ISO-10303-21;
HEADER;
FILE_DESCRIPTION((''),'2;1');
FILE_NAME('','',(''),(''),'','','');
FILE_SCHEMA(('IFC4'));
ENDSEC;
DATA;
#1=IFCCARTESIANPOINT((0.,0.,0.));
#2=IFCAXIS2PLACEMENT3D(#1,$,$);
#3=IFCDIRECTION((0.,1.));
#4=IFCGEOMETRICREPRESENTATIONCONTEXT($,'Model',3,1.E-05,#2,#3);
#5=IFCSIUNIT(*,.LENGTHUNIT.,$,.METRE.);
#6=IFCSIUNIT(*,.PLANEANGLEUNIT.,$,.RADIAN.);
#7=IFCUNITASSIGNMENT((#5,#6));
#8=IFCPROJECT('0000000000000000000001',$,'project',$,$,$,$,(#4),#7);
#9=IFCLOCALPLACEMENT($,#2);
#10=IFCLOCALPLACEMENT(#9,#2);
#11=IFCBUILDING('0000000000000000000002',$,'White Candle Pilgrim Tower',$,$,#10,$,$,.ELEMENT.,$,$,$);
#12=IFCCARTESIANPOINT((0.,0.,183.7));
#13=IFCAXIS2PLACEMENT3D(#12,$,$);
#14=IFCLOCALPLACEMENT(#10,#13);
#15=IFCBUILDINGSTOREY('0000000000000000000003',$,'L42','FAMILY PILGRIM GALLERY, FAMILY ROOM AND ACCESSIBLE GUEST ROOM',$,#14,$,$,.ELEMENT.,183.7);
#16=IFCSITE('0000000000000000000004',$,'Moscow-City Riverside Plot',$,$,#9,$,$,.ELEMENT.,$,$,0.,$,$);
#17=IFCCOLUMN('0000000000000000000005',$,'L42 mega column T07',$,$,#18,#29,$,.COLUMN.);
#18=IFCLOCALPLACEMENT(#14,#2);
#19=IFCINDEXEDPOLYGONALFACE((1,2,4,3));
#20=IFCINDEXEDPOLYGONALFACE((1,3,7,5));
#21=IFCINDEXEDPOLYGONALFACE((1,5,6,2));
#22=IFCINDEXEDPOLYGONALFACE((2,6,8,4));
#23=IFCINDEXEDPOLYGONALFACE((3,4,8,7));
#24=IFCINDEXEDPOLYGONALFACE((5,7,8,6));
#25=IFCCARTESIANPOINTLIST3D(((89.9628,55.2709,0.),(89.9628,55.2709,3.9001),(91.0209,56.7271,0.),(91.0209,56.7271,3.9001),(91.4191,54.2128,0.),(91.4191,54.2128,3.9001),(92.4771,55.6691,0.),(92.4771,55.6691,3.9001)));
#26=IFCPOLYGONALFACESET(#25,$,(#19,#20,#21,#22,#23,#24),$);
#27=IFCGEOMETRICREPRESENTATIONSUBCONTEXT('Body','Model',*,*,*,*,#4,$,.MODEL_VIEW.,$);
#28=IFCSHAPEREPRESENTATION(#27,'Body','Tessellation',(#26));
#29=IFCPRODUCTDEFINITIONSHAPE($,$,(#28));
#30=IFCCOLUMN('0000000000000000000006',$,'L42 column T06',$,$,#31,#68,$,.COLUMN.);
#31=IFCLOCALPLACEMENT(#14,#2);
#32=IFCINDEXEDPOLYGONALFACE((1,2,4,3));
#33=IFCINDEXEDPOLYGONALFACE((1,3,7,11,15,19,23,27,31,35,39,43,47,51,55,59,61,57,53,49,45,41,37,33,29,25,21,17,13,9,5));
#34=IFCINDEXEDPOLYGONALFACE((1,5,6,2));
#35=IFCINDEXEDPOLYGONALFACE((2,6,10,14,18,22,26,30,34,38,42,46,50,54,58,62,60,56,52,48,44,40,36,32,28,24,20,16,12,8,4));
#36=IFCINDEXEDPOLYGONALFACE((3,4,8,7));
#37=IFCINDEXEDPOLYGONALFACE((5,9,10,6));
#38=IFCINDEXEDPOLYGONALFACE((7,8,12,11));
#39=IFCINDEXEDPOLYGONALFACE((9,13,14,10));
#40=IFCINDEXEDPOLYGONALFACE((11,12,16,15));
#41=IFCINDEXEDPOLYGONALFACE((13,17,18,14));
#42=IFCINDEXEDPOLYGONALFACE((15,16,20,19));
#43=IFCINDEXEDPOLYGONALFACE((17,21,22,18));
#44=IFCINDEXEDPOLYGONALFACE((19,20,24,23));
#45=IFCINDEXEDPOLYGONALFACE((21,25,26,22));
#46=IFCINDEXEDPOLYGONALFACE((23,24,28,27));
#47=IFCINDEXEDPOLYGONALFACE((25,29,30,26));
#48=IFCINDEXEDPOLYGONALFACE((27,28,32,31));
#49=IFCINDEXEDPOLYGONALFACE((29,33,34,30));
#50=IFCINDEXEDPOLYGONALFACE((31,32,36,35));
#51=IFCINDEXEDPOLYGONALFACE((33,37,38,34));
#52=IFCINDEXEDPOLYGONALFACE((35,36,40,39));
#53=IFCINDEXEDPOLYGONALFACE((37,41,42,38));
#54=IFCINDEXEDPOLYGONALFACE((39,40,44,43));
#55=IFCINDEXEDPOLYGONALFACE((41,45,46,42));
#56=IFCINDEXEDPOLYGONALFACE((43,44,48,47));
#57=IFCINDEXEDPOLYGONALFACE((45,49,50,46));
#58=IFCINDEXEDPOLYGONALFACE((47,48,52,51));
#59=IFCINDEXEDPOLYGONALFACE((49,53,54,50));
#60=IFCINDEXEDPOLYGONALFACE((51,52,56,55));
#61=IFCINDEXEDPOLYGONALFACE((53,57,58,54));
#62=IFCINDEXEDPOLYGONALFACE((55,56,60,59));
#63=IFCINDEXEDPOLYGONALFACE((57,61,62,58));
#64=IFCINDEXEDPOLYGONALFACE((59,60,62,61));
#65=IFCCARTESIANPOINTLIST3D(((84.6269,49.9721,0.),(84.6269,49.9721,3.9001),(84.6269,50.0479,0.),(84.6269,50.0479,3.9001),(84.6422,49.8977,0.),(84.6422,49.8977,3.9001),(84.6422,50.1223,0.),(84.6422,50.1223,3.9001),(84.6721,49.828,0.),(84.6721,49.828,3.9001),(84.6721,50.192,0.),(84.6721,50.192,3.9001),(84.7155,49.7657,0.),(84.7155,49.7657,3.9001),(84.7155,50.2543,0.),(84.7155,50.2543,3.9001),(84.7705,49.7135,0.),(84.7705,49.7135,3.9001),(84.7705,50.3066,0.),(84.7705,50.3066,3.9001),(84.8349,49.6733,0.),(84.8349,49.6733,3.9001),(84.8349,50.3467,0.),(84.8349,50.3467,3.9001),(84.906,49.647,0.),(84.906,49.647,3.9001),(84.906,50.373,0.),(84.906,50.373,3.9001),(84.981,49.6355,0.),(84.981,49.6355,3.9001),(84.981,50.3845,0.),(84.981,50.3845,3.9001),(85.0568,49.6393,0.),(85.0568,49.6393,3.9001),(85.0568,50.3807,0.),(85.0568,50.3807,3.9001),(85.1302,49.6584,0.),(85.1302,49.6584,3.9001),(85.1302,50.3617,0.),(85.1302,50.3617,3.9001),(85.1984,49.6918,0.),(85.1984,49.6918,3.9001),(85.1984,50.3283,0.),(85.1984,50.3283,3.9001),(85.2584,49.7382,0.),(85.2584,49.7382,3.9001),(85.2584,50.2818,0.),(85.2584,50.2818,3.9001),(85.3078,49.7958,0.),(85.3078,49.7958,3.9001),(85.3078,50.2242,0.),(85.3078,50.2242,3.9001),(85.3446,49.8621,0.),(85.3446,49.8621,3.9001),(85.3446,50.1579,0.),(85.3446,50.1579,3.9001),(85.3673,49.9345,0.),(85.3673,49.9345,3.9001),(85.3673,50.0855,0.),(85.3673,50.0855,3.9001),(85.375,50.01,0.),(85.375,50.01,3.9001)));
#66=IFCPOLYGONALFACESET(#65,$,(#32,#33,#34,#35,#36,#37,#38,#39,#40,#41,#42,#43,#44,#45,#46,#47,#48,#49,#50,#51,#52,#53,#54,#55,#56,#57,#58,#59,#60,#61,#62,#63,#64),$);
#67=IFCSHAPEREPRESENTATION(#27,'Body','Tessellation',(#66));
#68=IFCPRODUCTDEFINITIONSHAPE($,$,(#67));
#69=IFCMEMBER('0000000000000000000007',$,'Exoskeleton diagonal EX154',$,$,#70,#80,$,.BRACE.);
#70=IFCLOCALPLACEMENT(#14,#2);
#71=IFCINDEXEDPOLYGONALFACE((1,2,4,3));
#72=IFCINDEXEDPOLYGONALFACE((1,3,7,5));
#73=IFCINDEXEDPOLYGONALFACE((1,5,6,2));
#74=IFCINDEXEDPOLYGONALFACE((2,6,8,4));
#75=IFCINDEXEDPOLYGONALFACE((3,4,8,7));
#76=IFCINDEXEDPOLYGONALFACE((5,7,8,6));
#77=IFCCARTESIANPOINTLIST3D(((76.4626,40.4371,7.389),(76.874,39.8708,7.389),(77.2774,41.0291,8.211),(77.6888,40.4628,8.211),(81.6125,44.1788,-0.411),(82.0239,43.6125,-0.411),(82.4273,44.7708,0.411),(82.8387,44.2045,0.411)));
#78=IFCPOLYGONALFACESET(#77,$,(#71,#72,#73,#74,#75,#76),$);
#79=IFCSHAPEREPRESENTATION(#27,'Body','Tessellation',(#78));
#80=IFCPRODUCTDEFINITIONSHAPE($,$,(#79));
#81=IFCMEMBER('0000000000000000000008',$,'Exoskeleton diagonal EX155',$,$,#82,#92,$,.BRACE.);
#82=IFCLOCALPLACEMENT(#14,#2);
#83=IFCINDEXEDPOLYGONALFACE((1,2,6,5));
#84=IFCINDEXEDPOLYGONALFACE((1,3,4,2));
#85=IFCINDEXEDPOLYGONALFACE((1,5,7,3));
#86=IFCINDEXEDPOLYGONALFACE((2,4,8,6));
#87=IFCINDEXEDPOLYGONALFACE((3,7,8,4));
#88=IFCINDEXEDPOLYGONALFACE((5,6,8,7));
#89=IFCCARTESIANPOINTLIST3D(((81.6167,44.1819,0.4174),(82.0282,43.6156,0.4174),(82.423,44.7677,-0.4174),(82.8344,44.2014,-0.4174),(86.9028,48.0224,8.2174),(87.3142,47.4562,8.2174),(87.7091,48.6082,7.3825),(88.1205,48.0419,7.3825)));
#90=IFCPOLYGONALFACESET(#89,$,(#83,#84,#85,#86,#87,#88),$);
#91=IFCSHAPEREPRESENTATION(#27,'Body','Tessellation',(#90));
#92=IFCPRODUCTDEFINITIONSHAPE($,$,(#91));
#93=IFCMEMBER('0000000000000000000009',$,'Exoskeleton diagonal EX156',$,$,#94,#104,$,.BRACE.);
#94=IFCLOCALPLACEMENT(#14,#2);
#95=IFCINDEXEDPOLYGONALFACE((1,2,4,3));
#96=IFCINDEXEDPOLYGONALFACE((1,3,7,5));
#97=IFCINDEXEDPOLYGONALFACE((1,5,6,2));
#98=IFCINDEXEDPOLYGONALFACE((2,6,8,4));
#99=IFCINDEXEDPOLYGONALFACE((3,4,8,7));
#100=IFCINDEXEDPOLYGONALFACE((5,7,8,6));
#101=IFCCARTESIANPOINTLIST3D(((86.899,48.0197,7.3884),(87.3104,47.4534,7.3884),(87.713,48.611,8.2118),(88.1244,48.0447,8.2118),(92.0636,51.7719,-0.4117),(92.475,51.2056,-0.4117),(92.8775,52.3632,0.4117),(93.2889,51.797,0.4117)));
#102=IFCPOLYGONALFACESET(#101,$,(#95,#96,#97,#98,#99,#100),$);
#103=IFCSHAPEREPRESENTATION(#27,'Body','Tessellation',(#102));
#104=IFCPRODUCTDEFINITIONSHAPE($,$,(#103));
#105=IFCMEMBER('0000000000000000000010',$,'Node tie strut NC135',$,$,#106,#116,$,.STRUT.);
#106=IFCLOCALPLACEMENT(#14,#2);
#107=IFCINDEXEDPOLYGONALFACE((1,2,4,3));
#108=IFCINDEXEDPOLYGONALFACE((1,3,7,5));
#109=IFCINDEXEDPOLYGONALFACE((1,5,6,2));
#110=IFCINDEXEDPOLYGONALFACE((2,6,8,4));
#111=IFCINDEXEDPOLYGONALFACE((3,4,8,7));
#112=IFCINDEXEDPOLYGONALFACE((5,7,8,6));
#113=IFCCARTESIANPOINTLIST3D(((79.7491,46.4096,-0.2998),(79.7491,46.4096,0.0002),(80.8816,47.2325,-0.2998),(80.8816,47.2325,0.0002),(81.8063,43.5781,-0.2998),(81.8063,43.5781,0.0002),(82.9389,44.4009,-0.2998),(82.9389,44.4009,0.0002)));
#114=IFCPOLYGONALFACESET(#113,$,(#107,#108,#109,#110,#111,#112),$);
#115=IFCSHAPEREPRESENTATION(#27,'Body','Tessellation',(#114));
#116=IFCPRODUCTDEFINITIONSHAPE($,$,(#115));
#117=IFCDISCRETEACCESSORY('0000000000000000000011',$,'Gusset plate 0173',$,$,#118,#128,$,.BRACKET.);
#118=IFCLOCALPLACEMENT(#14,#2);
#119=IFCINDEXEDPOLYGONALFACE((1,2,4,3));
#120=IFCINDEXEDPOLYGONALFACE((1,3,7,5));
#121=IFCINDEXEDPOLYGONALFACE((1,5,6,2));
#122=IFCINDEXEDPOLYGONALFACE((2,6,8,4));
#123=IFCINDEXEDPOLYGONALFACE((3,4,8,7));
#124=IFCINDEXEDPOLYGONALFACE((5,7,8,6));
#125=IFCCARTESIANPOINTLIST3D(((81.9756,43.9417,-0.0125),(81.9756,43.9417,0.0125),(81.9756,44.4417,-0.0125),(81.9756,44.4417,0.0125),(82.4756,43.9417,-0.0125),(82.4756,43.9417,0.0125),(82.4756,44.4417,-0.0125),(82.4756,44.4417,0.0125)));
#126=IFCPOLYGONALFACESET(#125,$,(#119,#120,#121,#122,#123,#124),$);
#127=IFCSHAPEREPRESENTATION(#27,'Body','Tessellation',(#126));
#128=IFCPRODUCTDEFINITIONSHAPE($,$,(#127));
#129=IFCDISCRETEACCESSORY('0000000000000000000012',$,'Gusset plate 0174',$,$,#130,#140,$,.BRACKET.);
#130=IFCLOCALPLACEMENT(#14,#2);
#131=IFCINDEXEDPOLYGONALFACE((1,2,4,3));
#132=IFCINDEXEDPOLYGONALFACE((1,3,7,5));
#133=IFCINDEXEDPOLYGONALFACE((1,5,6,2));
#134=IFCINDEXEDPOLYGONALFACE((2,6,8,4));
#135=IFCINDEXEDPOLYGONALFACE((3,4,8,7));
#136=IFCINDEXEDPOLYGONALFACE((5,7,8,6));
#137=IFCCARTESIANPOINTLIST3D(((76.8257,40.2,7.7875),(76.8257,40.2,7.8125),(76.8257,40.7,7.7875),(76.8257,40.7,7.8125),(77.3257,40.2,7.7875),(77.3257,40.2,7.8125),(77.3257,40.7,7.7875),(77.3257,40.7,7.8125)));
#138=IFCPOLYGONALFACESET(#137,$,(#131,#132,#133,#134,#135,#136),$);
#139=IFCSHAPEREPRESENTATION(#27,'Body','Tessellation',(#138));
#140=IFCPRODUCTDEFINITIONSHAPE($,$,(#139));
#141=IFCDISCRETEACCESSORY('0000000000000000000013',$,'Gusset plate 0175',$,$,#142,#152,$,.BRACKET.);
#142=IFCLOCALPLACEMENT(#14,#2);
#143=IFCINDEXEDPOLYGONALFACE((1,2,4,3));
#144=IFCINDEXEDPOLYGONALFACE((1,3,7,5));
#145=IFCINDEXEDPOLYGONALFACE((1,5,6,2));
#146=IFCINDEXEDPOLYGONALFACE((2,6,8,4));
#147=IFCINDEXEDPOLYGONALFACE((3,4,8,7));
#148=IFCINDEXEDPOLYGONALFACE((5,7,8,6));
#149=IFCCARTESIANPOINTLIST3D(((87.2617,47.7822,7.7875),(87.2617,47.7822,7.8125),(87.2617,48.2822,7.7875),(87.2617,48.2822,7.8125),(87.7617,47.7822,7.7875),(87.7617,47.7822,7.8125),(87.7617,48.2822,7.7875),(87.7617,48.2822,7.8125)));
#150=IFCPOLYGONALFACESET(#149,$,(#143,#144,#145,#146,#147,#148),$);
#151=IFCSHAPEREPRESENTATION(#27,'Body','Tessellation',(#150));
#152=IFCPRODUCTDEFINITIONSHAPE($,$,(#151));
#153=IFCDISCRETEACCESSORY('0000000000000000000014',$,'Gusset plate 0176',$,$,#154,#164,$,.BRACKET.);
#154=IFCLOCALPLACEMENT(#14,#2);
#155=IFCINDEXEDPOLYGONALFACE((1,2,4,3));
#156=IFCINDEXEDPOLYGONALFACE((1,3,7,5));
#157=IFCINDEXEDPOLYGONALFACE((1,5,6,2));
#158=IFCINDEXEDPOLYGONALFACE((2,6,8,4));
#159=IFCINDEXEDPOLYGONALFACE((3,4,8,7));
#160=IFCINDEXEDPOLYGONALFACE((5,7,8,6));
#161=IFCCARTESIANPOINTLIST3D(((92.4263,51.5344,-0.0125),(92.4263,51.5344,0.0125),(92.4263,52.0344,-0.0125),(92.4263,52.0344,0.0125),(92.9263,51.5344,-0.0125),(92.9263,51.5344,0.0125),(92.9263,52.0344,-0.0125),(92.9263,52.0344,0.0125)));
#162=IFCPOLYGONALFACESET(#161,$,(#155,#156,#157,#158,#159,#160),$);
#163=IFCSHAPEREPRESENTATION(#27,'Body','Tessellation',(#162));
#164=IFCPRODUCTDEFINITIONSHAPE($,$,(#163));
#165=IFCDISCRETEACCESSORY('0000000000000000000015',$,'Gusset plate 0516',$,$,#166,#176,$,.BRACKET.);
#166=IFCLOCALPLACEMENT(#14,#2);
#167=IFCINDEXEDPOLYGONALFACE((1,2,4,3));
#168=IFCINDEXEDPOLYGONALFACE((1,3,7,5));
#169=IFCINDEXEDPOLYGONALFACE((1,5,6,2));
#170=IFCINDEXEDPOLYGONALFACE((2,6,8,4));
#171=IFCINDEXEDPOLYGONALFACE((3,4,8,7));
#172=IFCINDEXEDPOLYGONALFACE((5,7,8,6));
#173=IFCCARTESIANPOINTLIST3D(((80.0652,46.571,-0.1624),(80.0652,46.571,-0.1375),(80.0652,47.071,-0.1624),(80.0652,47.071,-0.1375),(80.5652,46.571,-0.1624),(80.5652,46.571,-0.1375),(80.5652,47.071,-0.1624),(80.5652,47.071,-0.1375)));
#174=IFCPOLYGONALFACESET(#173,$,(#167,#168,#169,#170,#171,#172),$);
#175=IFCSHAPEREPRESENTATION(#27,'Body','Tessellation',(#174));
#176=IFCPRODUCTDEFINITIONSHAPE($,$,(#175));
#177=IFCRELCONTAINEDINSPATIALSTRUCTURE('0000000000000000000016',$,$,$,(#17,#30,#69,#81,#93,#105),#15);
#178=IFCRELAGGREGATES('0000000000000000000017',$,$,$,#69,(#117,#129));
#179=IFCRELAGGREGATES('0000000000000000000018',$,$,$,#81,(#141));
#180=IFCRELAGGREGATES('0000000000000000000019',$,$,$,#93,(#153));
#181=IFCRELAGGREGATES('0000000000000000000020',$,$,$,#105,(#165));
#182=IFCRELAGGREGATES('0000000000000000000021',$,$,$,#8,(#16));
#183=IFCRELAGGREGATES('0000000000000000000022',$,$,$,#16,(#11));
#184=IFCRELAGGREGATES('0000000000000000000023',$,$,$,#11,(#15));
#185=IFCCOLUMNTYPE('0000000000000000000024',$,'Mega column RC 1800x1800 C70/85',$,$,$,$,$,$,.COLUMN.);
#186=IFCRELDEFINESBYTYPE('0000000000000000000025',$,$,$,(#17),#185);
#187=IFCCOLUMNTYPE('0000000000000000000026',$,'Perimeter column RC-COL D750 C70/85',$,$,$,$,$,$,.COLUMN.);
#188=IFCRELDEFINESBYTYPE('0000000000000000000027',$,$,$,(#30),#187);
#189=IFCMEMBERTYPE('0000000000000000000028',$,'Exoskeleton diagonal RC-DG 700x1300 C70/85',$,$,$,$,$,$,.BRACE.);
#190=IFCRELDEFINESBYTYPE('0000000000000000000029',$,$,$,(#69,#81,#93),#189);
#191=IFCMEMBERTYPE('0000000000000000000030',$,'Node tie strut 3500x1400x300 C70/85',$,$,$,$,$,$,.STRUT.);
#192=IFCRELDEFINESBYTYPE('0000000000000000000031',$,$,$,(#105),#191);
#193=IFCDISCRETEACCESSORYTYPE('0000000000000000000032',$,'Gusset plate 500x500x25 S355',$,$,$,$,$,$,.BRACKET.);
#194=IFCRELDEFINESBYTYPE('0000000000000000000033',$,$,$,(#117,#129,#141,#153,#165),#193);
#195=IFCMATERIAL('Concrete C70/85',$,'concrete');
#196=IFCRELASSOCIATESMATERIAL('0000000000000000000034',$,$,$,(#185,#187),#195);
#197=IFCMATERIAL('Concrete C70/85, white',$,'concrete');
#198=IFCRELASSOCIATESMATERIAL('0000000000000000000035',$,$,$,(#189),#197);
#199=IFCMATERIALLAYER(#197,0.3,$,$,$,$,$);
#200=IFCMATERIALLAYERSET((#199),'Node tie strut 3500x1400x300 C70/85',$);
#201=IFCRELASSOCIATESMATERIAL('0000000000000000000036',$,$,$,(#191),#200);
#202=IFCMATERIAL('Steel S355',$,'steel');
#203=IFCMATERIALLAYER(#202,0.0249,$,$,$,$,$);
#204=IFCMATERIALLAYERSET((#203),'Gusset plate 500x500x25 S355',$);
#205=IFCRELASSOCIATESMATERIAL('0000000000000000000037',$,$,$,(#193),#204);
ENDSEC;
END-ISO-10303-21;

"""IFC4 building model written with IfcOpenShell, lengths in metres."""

from ifc_helpers import new_model, si_unit, direction, frame, origin, origin_2d, place, context, subcontext, project, spatial, rectangle, circle, extrude, material, layer, layer_set, material_profile, profile_set, type_object, element, aggregate, save


model = new_model("IFC4")

# Units and contexts
model_context = context("Model", 3, precision=1e-05, world=origin(), true_north=direction((0.0, 1.0)))
body_context = subcontext(model_context, "Body", "Model", "MODEL_VIEW")
ifc_project = project(units=[si_unit("LENGTHUNIT", "METRE"), si_unit("PLANEANGLEUNIT", "RADIAN")], contexts=[model_context])

# Site, building, storey
site_placement = place(None, origin())
site = spatial("IfcSite", under=ifc_project, at=site_placement, Name="Moscow-City Riverside Plot", CompositionType="ELEMENT", RefElevation=0.0)
building_placement = place(site_placement, origin())
building = spatial("IfcBuilding", under=site, at=building_placement, Name="White Candle Pilgrim Tower", CompositionType="ELEMENT")
storey_placement = place(building_placement, frame((0.0, 0.0, 183.7)))
storey = spatial("IfcBuildingStorey", under=building, at=storey_placement, Name="L42", Description="FAMILY PILGRIM GALLERY, FAMILY ROOM AND ACCESSIBLE GUEST ROOM", CompositionType="ELEMENT", Elevation=183.7)

# Columns
ifc_material_1 = material(Name="Concrete C70/85", Category="concrete")
ifc_material_profile_1 = material_profile(ifc_material_1, rectangle(XDim=1.8, YDim=1.8, at=origin_2d()), Name="RC 1800x1800")
ifc_profile_set_1 = profile_set([ifc_material_profile_1], Name="Concrete C70/85")
column_type_1 = type_object("IfcColumnType", Name="Mega column RC 1800x1800 C70/85", PredefinedType="COLUMN", material=ifc_profile_set_1)
column_1_placement = place(storey_placement, frame((91.22, 55.47, 0.0), z_axis=(0.0, 0.0, 1.0), x_axis=(0.809017, -0.587785, 0.0)))
element("IfcColumn", 1, at=column_1_placement, inside=storey, type_object=column_type_1, Name="L42 mega column T07", PredefinedType="COLUMN", context=body_context, shape_type="SweptSolid", body=[
    extrude(rectangle(XDim=1.8, YDim=1.8, at=origin_2d()), origin(), (0.0, 0.0, 1.0), 3.9001),
])
ifc_material_profile_2 = material_profile(ifc_material_1, circle(Radius=0.375, at=origin_2d()), Name="RC-COL D750")
ifc_profile_set_2 = profile_set([ifc_material_profile_2], Name="Concrete C70/85")
column_type_2 = type_object("IfcColumnType", Name="Perimeter column RC-COL D750 C70/85", PredefinedType="COLUMN", material=ifc_profile_set_2)
column_2_placement = place(storey_placement, frame((85.0, 50.01, 0.0), z_axis=(0.0, 0.0, 1.0), x_axis=(1.0, 0.0, 0.0)))
element("IfcColumn", 2, at=column_2_placement, inside=storey, type_object=column_type_2, Name="L42 column T06", PredefinedType="COLUMN", context=body_context, shape_type="SweptSolid", body=[
    extrude(circle(Radius=0.375, at=origin_2d()), origin(), (0.0, 0.0, 1.0), 3.9001),
])

# Members
ifc_material_2 = material(Name="Concrete C70/85, white", Category="concrete")
ifc_material_profile_3 = material_profile(ifc_material_2, rectangle(XDim=0.7, YDim=1.3, at=origin_2d()), Name="RC-DG 700x1300")
ifc_profile_set_3 = profile_set([ifc_material_profile_3], Name="Concrete C70/85, white")
member_type_1 = type_object("IfcMemberType", Name="Exoskeleton diagonal RC-DG 700x1300 C70/85", PredefinedType="BRACE", material=ifc_profile_set_3)
member_1_placement = place(storey_placement, frame((82.2256, 44.1917, 0.0), z_axis=(-0.511517, -0.371647, 0.774745), x_axis=(0.587793, -0.809011, 0.0)))
member_1 = element("IfcMember", 3, at=member_1_placement, inside=storey, type_object=member_type_1, Name="Exoskeleton diagonal EX154", PredefinedType="BRACE", context=body_context, shape_type="SweptSolid", body=[
    extrude(rectangle(XDim=0.7, YDim=1.3, at=origin_2d()), origin(), (0.0, 0.0, 1.0), 10.0679),
])
member_2_placement = place(storey_placement, frame((82.2256, 44.1917, 0.0), z_axis=(0.519513, 0.377446, 0.766577), x_axis=(-0.587783, 0.809019, 0.0)))
member_2 = element("IfcMember", 4, at=member_2_placement, inside=storey, type_object=member_type_1, Name="Exoskeleton diagonal EX155", PredefinedType="BRACE", context=body_context, shape_type="SweptSolid", body=[
    extrude(rectangle(XDim=0.7, YDim=1.3, at=origin_2d()), origin(), (0.0, 0.0, 1.0), 10.175),
])
member_3_placement = place(storey_placement, frame((92.6763, 51.7844, 0.0), z_axis=(-0.512392, -0.372268, 0.773868), x_axis=(0.587778, -0.809022, 0.0)))
member_3 = element("IfcMember", 5, at=member_3_placement, inside=storey, type_object=member_type_1, Name="Exoskeleton diagonal EX156", PredefinedType="BRACE", context=body_context, shape_type="SweptSolid", body=[
    extrude(rectangle(XDim=0.7, YDim=1.3, at=origin_2d()), origin(), (0.0, 0.0, 1.0), 10.0793),
])
ifc_layer_1 = layer(ifc_material_2, 0.3)
ifc_layer_set_1 = layer_set([ifc_layer_1], Name="Node tie strut 3500x1400x300 C70/85")
member_type_2 = type_object("IfcMemberType", Name="Node tie strut 3500x1400x300 C70/85", PredefinedType="STRUT", material=ifc_layer_set_1)
member_4_placement = place(storey_placement, frame((81.344, 45.4053, -0.2998), z_axis=(0.0, 0.0, 1.0), x_axis=(0.809017, 0.587785, 0.0)))
member_4 = element("IfcMember", 6, at=member_4_placement, inside=storey, type_object=member_type_2, Name="Node tie strut NC135", PredefinedType="STRUT", context=body_context, shape_type="SweptSolid", body=[
    extrude(rectangle(XDim=1.3999, YDim=3.5, at=origin_2d()), origin(), (0.0, 0.0, 1.0), 0.3),
])

# Discrete accessories
ifc_material_3 = material(Name="Steel S355", Category="steel")
ifc_layer_2 = layer(ifc_material_3, 0.0249)
ifc_layer_set_2 = layer_set([ifc_layer_2], Name="Gusset plate 500x500x25 S355")
discrete_accessory_type = type_object("IfcDiscreteAccessoryType", Name="Gusset plate 500x500x25 S355", PredefinedType="BRACKET", material=ifc_layer_set_2)
discrete_accessory_1_placement = place(storey_placement, frame((82.2256, 44.1917, -0.0125), z_axis=(0.0, 0.0, 1.0), x_axis=(1.0, 0.0, 0.0)))
discrete_accessory_1 = element("IfcDiscreteAccessory", 7, at=discrete_accessory_1_placement, type_object=discrete_accessory_type, Name="Gusset plate 0173", PredefinedType="BRACKET", context=body_context, shape_type="SweptSolid", body=[
    extrude(rectangle(XDim=0.5, YDim=0.5, at=origin_2d()), origin(), (0.0, 0.0, 1.0), 0.0249),
])
placement = place(building_placement, frame((0.0, 0.0, 191.5)))
discrete_accessory_2_placement = place(placement, frame((77.0757, 40.45, -0.0125), z_axis=(0.0, 0.0, 1.0), x_axis=(1.0, 0.0, 0.0)))
discrete_accessory_2 = element("IfcDiscreteAccessory", 8, at=discrete_accessory_2_placement, type_object=discrete_accessory_type, Name="Gusset plate 0174", PredefinedType="BRACKET", context=body_context, shape_type="SweptSolid", body=[
    extrude(rectangle(XDim=0.5, YDim=0.5, at=origin_2d()), origin(), (0.0, 0.0, 1.0), 0.0249),
])
aggregate(member_1, [discrete_accessory_1, discrete_accessory_2])
discrete_accessory_3_placement = place(placement, frame((87.5117, 48.0322, -0.0125), z_axis=(0.0, 0.0, 1.0), x_axis=(1.0, 0.0, 0.0)))
discrete_accessory_3 = element("IfcDiscreteAccessory", 9, at=discrete_accessory_3_placement, type_object=discrete_accessory_type, Name="Gusset plate 0175", PredefinedType="BRACKET", context=body_context, shape_type="SweptSolid", body=[
    extrude(rectangle(XDim=0.5, YDim=0.5, at=origin_2d()), origin(), (0.0, 0.0, 1.0), 0.0249),
])
aggregate(member_2, [discrete_accessory_3])
discrete_accessory_4_placement = place(storey_placement, frame((92.6763, 51.7844, -0.0125), z_axis=(0.0, 0.0, 1.0), x_axis=(1.0, 0.0, 0.0)))
discrete_accessory_4 = element("IfcDiscreteAccessory", 10, at=discrete_accessory_4_placement, type_object=discrete_accessory_type, Name="Gusset plate 0176", PredefinedType="BRACKET", context=body_context, shape_type="SweptSolid", body=[
    extrude(rectangle(XDim=0.5, YDim=0.5, at=origin_2d()), origin(), (0.0, 0.0, 1.0), 0.0249),
])
aggregate(member_3, [discrete_accessory_4])
discrete_accessory_5_placement = place(storey_placement, frame((80.3152, 46.821, -0.1624), z_axis=(0.0, 0.0, 1.0), x_axis=(1.0, 0.0, 0.0)))
discrete_accessory_5 = element("IfcDiscreteAccessory", 11, at=discrete_accessory_5_placement, type_object=discrete_accessory_type, Name="Gusset plate 0516", PredefinedType="BRACKET", context=body_context, shape_type="SweptSolid", body=[
    extrude(rectangle(XDim=0.5, YDim=0.5, at=origin_2d()), origin(), (0.0, 0.0, 1.0), 0.0249),
])
aggregate(member_4, [discrete_accessory_5])

save(model, "model.ifc")
